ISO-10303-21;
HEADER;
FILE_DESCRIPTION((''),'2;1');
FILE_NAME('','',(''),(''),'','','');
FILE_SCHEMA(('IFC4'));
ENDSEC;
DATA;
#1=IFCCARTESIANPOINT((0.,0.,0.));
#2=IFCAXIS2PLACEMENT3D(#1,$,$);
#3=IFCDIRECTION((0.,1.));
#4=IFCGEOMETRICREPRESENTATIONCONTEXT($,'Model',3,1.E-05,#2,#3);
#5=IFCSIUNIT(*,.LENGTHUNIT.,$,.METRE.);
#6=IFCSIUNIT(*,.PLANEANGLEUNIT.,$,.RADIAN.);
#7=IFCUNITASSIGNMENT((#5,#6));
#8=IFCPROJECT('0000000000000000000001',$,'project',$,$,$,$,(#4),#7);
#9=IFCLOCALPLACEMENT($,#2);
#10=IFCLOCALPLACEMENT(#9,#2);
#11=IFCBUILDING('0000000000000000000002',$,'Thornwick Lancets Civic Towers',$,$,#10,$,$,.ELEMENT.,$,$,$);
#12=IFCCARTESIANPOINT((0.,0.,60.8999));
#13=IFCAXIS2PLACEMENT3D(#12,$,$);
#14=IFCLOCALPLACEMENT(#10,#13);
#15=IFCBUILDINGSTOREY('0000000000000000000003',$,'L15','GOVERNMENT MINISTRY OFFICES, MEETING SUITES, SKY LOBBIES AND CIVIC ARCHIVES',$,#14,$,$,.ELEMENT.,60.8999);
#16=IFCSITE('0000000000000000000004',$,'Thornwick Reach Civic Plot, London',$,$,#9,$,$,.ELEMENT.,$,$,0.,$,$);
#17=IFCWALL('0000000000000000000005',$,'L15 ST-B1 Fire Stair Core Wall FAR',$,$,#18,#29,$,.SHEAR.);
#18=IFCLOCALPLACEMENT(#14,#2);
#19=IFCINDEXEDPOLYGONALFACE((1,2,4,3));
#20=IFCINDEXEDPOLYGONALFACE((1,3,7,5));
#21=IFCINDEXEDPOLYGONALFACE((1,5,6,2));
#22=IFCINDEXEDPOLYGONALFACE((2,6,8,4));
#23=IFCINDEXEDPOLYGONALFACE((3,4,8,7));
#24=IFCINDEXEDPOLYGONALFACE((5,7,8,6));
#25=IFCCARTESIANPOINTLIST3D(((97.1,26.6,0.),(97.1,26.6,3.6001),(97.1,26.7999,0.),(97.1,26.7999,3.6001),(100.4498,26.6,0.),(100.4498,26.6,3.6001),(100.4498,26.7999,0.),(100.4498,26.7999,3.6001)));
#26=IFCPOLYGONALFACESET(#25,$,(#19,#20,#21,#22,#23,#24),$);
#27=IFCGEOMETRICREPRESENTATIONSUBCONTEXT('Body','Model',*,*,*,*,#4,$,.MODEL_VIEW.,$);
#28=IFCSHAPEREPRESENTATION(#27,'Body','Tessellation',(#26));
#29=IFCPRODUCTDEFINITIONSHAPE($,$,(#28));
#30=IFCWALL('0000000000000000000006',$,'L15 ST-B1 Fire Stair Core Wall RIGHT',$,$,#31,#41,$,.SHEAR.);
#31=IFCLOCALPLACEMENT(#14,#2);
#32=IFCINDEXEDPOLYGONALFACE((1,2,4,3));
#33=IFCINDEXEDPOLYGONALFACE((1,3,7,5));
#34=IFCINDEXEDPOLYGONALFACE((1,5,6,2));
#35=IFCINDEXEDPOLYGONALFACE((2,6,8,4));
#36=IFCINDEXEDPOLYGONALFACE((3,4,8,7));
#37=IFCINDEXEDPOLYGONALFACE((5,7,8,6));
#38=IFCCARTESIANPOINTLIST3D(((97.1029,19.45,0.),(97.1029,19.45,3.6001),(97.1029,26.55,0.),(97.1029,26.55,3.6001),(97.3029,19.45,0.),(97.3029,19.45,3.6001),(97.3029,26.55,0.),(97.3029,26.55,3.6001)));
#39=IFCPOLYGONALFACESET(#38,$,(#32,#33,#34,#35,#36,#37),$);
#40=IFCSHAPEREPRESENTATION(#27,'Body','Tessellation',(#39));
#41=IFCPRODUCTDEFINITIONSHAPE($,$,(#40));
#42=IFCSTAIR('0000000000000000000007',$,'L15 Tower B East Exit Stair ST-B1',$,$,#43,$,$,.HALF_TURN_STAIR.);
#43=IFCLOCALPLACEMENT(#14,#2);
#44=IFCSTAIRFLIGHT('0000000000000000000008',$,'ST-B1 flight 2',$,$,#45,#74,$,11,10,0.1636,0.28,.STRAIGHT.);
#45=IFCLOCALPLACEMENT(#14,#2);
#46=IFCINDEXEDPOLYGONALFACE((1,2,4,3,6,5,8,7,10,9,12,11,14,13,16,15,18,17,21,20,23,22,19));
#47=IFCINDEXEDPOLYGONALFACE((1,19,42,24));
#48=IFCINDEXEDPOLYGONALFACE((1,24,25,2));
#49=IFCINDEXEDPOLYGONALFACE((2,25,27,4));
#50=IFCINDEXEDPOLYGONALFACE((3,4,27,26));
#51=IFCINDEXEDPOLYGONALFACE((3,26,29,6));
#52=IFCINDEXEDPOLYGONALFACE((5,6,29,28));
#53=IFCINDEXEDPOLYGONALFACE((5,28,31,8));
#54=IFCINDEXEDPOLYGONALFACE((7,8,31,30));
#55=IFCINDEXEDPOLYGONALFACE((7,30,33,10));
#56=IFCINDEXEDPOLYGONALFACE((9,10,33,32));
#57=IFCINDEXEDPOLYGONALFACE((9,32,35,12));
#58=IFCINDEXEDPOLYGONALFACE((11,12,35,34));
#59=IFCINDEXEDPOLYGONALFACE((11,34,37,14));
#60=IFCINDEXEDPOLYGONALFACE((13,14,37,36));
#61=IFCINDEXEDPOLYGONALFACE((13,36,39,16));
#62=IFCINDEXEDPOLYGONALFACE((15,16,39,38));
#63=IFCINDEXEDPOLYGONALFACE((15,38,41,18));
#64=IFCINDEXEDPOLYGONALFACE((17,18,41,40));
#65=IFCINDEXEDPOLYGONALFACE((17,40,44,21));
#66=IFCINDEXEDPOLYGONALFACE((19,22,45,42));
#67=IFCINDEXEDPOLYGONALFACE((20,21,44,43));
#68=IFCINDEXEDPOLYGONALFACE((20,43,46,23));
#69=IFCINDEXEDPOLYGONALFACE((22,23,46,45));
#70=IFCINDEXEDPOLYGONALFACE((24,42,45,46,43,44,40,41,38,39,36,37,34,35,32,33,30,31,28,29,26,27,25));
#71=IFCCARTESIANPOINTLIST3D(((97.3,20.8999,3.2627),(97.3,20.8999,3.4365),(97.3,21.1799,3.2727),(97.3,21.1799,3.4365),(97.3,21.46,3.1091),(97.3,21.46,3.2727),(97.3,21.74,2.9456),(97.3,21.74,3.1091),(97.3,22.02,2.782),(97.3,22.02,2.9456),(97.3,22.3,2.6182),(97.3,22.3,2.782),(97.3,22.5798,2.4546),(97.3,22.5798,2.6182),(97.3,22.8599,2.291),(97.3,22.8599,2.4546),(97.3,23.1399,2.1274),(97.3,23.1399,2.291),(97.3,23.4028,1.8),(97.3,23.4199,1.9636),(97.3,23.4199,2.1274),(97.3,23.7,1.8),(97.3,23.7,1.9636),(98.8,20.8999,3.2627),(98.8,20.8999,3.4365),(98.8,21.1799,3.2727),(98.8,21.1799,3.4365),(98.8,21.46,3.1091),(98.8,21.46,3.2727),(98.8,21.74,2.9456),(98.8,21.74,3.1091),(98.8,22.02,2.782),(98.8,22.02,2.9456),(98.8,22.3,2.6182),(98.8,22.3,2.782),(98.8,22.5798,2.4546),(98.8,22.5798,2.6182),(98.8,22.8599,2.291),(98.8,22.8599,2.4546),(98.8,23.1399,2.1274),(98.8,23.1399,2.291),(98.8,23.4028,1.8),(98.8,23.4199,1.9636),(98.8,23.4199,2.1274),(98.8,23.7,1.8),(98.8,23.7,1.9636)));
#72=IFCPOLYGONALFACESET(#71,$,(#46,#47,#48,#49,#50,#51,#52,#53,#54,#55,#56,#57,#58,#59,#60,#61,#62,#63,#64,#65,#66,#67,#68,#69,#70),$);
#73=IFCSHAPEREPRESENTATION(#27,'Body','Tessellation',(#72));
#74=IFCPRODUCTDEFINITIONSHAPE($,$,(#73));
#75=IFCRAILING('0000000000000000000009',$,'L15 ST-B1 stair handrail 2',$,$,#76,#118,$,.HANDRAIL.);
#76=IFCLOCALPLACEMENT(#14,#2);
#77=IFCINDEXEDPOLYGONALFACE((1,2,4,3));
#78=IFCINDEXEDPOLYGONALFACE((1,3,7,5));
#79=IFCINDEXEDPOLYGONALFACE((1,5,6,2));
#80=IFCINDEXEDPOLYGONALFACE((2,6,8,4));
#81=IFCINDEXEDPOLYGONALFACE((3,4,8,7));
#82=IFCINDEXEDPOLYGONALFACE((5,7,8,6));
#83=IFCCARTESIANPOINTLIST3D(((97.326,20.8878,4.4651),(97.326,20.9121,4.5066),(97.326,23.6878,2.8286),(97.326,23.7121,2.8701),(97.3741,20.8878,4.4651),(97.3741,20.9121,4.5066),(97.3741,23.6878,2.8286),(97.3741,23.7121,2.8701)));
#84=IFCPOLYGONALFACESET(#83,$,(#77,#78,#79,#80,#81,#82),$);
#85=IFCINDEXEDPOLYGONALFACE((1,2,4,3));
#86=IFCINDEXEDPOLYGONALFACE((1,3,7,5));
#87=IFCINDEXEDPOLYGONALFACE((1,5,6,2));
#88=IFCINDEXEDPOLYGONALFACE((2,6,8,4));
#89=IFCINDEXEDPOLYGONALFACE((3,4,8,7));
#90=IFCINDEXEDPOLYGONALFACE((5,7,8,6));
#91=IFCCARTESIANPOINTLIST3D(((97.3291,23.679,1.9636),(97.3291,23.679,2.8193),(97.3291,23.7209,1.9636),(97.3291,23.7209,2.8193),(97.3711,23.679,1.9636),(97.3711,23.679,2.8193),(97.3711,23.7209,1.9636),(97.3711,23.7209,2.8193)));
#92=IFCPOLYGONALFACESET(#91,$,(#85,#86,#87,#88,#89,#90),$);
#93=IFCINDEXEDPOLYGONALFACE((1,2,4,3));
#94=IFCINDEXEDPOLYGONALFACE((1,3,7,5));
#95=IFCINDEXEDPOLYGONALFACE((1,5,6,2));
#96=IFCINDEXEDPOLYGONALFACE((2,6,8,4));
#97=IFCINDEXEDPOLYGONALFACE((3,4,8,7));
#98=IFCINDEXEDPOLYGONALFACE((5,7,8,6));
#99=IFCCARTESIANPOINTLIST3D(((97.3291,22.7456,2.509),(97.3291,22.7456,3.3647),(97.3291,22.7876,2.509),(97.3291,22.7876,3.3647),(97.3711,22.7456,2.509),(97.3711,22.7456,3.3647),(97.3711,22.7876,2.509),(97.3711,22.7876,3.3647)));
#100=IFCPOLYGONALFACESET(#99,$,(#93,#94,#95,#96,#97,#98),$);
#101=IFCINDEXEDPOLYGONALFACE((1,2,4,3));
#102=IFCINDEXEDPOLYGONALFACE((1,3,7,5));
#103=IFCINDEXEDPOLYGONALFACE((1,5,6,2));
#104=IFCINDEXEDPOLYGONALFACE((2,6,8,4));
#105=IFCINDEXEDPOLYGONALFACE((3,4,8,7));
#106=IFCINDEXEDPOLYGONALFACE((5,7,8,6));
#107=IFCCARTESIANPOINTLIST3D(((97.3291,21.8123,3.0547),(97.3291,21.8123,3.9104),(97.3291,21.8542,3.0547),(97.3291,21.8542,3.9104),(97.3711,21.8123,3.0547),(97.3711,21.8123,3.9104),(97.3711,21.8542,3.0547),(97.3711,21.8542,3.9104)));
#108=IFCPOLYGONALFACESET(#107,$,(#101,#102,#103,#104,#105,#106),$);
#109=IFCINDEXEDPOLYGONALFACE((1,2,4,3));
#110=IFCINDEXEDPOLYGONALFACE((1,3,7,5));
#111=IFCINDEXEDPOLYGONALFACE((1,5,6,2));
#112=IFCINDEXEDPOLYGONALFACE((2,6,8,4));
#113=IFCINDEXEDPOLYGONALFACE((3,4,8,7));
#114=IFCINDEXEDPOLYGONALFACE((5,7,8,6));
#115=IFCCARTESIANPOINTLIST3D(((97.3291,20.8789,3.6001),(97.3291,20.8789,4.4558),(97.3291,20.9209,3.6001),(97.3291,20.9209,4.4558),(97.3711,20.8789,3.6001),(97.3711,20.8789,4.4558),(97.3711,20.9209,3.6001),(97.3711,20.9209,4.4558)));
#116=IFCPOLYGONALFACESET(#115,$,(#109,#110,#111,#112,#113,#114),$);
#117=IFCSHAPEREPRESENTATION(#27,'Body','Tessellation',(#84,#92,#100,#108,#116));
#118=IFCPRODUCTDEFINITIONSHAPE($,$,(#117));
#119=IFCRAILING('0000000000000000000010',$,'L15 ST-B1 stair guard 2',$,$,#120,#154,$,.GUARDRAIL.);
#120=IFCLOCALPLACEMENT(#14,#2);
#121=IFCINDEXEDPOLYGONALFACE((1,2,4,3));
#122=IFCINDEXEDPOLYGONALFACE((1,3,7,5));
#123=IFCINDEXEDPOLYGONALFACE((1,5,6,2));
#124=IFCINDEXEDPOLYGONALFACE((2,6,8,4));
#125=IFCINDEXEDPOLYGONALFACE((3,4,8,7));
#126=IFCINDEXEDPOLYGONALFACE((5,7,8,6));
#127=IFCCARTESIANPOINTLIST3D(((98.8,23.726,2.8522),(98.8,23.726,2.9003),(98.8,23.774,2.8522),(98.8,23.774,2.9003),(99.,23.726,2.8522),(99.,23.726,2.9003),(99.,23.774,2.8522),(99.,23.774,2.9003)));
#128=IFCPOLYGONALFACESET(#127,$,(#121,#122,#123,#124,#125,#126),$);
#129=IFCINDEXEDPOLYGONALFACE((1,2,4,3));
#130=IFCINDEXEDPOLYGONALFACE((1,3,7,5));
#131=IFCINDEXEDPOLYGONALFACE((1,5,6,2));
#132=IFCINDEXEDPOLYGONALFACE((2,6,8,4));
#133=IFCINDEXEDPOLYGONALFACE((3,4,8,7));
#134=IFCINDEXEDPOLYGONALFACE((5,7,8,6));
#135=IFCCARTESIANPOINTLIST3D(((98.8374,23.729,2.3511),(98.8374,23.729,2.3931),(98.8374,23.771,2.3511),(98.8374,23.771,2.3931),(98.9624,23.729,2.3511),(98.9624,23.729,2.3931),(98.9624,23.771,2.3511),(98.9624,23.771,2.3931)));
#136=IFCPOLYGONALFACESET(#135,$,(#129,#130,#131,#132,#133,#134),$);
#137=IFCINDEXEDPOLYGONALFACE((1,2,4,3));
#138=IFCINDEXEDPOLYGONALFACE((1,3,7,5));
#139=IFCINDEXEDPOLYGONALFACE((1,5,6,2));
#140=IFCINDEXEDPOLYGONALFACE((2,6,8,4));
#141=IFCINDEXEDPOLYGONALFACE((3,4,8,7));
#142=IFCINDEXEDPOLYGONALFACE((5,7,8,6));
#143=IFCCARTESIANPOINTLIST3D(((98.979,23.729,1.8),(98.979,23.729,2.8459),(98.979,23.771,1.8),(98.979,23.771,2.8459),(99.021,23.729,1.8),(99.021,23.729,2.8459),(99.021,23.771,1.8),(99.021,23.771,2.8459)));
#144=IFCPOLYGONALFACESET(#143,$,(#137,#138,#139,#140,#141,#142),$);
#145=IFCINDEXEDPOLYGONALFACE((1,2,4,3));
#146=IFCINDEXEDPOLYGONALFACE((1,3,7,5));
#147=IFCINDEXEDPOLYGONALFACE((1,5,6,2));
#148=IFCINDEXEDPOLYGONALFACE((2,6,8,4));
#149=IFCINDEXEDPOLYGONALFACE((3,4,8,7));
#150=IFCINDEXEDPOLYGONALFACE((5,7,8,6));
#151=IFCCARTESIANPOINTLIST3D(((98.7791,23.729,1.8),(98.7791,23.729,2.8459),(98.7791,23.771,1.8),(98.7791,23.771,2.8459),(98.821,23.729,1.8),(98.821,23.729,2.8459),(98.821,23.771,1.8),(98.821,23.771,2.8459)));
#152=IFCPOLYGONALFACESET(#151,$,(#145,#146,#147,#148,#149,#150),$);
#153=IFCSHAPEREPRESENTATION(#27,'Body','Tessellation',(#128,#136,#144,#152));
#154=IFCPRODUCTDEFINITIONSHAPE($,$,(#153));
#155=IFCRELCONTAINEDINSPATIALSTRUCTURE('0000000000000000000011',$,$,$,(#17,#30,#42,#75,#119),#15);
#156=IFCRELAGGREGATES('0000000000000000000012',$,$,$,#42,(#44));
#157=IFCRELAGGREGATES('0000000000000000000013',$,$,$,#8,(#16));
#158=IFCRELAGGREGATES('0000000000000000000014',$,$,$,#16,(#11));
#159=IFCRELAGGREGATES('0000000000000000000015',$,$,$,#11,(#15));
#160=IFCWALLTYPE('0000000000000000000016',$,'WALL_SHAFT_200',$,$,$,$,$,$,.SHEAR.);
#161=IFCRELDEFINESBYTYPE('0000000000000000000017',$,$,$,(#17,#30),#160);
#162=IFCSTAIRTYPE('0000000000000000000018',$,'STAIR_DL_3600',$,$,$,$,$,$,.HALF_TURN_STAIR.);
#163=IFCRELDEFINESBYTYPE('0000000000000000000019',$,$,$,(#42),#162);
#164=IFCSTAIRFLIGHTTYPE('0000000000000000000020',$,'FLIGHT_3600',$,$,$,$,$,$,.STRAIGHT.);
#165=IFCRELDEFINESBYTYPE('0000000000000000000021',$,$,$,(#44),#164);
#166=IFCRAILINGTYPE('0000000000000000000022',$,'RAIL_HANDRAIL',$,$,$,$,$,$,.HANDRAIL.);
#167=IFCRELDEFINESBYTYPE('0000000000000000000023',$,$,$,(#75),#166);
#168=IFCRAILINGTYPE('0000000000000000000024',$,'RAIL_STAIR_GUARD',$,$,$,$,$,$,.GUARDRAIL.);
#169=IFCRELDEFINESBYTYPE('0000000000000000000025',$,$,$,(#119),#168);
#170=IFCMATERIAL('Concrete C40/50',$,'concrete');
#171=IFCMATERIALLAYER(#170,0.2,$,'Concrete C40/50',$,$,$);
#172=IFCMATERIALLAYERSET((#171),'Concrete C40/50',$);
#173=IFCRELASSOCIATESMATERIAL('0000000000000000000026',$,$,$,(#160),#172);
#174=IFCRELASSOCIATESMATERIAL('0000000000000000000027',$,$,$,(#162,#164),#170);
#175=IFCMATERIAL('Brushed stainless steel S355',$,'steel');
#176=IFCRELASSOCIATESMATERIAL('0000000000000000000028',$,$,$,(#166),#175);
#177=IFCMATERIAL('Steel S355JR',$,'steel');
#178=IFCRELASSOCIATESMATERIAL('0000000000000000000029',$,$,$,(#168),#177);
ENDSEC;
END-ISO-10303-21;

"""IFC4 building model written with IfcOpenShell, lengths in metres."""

from ifc_helpers import new_model, si_unit, direction, frame, frame_2d, origin, origin_2d, place, context, subcontext, project, spatial, polyline, rectangle, outline, extrude, material, layer, layer_set, type_object, element, aggregate, save


model = new_model("IFC4")

# Units and contexts
model_context = context("Model", 3, precision=1e-05, world=origin(), true_north=direction((0.0, 1.0)))
body_context = subcontext(model_context, "Body", "Model", "MODEL_VIEW")
ifc_project = project(units=[si_unit("LENGTHUNIT", "METRE"), si_unit("PLANEANGLEUNIT", "RADIAN")], contexts=[model_context])

# Site, building, storey
site_placement = place(None, origin())
site = spatial("IfcSite", under=ifc_project, at=site_placement, Name="Thornwick Reach Civic Plot, London", CompositionType="ELEMENT", RefElevation=0.0)
building_placement = place(site_placement, origin())
building = spatial("IfcBuilding", under=site, at=building_placement, Name="Thornwick Lancets Civic Towers", CompositionType="ELEMENT")
storey_placement = place(building_placement, frame((0.0, 0.0, 60.8999)))
storey = spatial("IfcBuildingStorey", under=building, at=storey_placement, Name="L15", Description="GOVERNMENT MINISTRY OFFICES, MEETING SUITES, SKY LOBBIES AND CIVIC ARCHIVES", CompositionType="ELEMENT", Elevation=60.8999)

# Walls
ifc_material_1 = material(Name="Concrete C40/50", Category="concrete")
ifc_layer_1 = layer(ifc_material_1, 0.2, Name="Concrete C40/50")
ifc_layer_set_1 = layer_set([ifc_layer_1], Name="Concrete C40/50")
wall_type_1 = type_object("IfcWallType", Name="WALL_SHAFT_200", PredefinedType="SHEAR", material=ifc_layer_set_1)
wall_1_placement = place(storey_placement, frame((97.1001, 26.7, 0.0), z_axis=(0.0, 0.0, 1.0), x_axis=(1.0, 0.0, 0.0)))
element("IfcWall", 1, at=wall_1_placement, inside=storey, type_object=wall_type_1, Name="L15 ST-B1 Fire Stair Core Wall FAR", PredefinedType="SHEAR", context=body_context, shape_type="SweptSolid", body=[
    extrude(rectangle(XDim=3.3499, YDim=0.2, at=frame_2d((1.6748, 0.0))), origin(), (0.0, 0.0, 1.0), 3.6001),
])
wall_2_placement = place(storey_placement, frame((97.2029, 26.55, 0.0), z_axis=(0.0, 0.0, 1.0), x_axis=(0.0, -1.0, 0.0)))
element("IfcWall", 2, at=wall_2_placement, inside=storey, type_object=wall_type_1, Name="L15 ST-B1 Fire Stair Core Wall RIGHT", PredefinedType="SHEAR", context=body_context, shape_type="SweptSolid", body=[
    extrude(rectangle(XDim=7.1001, YDim=0.2, at=frame_2d((3.55, 0.0))), origin(), (0.0, 0.0, 1.0), 3.6001),
])

# Stair, stair flight
stair_type = type_object("IfcStairType", Name="STAIR_DL_3600", PredefinedType="HALF_TURN_STAIR", material=ifc_material_1)
stair_placement = place(storey_placement, origin())
stair = element("IfcStair", 3, at=stair_placement, inside=storey, type_object=stair_type, Name="L15 Tower B East Exit Stair ST-B1", PredefinedType="HALF_TURN_STAIR")
stair_flight_type = type_object("IfcStairFlightType", Name="FLIGHT_3600", PredefinedType="STRAIGHT", material=ifc_material_1)
stair_flight_placement = place(storey_placement, frame((98.05, 23.7, 1.8), z_axis=(0.0, 0.0, 1.0), x_axis=(0.0, -1.0, 0.0)))
stair_flight = element("IfcStairFlight", 4, at=stair_flight_placement, type_object=stair_flight_type, Name="ST-B1 flight 2", NumberOfRisers=11, NumberOfTreads=10, PredefinedType="STRAIGHT", RiserHeight=0.1636, TreadLength=0.28, context=body_context, shape_type="SweptSolid", body=[
    extrude(outline(polyline([(0.0, 0.0), (0.0, 0.1636), (0.28, 0.1636), (0.28, 0.3274), (0.5601, 0.3274), (0.5601, 0.491), (0.8401, 0.491), (0.8401, 0.6545), (1.1201, 0.6545), (1.1201, 0.8181), (1.3999, 0.8181), (1.3999, 0.9819), (1.6799, 0.9819), (1.6799, 1.1455), (1.96, 1.1455), (1.96, 1.3091), (2.24, 1.3091), (2.24, 1.4727), (2.52, 1.4727), (2.52, 1.6365), (2.8, 1.6365), (2.8, 1.8), (2.8, 1.4626), (0.2971, 0.0), (0.0, 0.0)])), frame((0.0, 0.75, 0.0), z_axis=(0.0, -1.0, 0.0), x_axis=(1.0, 0.0, 0.0)), (0.0, 0.0, 1.0), 1.5),
])
aggregate(stair, [stair_flight])

# Railings
ifc_material_2 = material(Name="Brushed stainless steel S355", Category="steel")
railing_type_1 = type_object("IfcRailingType", Name="RAIL_HANDRAIL", PredefinedType="HANDRAIL", material=ifc_material_2)
railing_1_placement = place(storey_placement, frame((97.3501, 23.7, 1.9636)))
element("IfcRailing", 5, at=railing_1_placement, inside=storey, type_object=railing_type_1, Name="L15 ST-B1 stair handrail 2", PredefinedType="HANDRAIL", context=body_context, shape_type="SweptSolid", body=[
    extrude(rectangle(XDim=0.0481, YDim=0.0481, at=origin_2d()), frame((0.0, 0.0, 0.8857), z_axis=(0.0, -0.863361, 0.504587), x_axis=(1.0, 0.0, 0.0)), (0.0, 0.0, 1.0), 3.2432),
    extrude(rectangle(XDim=0.042, YDim=0.042, at=origin_2d()), origin(), (0.0, 0.0, 1.0), 0.8557),
    extrude(rectangle(XDim=0.042, YDim=0.042, at=origin_2d()), frame((0.0, -0.9333, 0.5454)), (0.0, 0.0, 1.0), 0.8557),
    extrude(rectangle(XDim=0.042, YDim=0.042, at=origin_2d()), frame((0.0, -1.8667, 1.0911)), (0.0, 0.0, 1.0), 0.8557),
    extrude(rectangle(XDim=0.042, YDim=0.042, at=origin_2d()), frame((0.0, -2.8, 1.6365)), (0.0, 0.0, 1.0), 0.8557),
])
ifc_material_3 = material(Name="Steel S355JR", Category="steel")
railing_type_2 = type_object("IfcRailingType", Name="RAIL_STAIR_GUARD", PredefinedType="GUARDRAIL", material=ifc_material_3)
railing_2_placement = place(storey_placement, frame((99.0, 23.75, 1.8)))
element("IfcRailing", 6, at=railing_2_placement, inside=storey, type_object=railing_type_2, Name="L15 ST-B1 stair guard 2", PredefinedType="GUARDRAIL", context=body_context, shape_type="SweptSolid", body=[
    extrude(rectangle(XDim=0.0481, YDim=0.0481, at=origin_2d()), frame((0.0, 0.0, 1.0762), z_axis=(-1.0, 0.0, 0.0), x_axis=(0.0, -1.0, 0.0)), (0.0, 0.0, 1.0), 0.2),
    extrude(rectangle(XDim=0.042, YDim=0.042, at=origin_2d()), frame((-0.0376, 0.0, 0.572), z_axis=(-1.0, 0.0, 0.0), x_axis=(0.0, -1.0, 0.0)), (0.0, 0.0, 1.0), 0.125),
    extrude(rectangle(XDim=0.042, YDim=0.042, at=origin_2d()), origin(), (0.0, 0.0, 1.0), 1.0459),
    extrude(rectangle(XDim=0.042, YDim=0.042, at=origin_2d()), frame((-0.2, 0.0, 0.0)), (0.0, 0.0, 1.0), 1.0459),
])

save(model, "model.ifc")
